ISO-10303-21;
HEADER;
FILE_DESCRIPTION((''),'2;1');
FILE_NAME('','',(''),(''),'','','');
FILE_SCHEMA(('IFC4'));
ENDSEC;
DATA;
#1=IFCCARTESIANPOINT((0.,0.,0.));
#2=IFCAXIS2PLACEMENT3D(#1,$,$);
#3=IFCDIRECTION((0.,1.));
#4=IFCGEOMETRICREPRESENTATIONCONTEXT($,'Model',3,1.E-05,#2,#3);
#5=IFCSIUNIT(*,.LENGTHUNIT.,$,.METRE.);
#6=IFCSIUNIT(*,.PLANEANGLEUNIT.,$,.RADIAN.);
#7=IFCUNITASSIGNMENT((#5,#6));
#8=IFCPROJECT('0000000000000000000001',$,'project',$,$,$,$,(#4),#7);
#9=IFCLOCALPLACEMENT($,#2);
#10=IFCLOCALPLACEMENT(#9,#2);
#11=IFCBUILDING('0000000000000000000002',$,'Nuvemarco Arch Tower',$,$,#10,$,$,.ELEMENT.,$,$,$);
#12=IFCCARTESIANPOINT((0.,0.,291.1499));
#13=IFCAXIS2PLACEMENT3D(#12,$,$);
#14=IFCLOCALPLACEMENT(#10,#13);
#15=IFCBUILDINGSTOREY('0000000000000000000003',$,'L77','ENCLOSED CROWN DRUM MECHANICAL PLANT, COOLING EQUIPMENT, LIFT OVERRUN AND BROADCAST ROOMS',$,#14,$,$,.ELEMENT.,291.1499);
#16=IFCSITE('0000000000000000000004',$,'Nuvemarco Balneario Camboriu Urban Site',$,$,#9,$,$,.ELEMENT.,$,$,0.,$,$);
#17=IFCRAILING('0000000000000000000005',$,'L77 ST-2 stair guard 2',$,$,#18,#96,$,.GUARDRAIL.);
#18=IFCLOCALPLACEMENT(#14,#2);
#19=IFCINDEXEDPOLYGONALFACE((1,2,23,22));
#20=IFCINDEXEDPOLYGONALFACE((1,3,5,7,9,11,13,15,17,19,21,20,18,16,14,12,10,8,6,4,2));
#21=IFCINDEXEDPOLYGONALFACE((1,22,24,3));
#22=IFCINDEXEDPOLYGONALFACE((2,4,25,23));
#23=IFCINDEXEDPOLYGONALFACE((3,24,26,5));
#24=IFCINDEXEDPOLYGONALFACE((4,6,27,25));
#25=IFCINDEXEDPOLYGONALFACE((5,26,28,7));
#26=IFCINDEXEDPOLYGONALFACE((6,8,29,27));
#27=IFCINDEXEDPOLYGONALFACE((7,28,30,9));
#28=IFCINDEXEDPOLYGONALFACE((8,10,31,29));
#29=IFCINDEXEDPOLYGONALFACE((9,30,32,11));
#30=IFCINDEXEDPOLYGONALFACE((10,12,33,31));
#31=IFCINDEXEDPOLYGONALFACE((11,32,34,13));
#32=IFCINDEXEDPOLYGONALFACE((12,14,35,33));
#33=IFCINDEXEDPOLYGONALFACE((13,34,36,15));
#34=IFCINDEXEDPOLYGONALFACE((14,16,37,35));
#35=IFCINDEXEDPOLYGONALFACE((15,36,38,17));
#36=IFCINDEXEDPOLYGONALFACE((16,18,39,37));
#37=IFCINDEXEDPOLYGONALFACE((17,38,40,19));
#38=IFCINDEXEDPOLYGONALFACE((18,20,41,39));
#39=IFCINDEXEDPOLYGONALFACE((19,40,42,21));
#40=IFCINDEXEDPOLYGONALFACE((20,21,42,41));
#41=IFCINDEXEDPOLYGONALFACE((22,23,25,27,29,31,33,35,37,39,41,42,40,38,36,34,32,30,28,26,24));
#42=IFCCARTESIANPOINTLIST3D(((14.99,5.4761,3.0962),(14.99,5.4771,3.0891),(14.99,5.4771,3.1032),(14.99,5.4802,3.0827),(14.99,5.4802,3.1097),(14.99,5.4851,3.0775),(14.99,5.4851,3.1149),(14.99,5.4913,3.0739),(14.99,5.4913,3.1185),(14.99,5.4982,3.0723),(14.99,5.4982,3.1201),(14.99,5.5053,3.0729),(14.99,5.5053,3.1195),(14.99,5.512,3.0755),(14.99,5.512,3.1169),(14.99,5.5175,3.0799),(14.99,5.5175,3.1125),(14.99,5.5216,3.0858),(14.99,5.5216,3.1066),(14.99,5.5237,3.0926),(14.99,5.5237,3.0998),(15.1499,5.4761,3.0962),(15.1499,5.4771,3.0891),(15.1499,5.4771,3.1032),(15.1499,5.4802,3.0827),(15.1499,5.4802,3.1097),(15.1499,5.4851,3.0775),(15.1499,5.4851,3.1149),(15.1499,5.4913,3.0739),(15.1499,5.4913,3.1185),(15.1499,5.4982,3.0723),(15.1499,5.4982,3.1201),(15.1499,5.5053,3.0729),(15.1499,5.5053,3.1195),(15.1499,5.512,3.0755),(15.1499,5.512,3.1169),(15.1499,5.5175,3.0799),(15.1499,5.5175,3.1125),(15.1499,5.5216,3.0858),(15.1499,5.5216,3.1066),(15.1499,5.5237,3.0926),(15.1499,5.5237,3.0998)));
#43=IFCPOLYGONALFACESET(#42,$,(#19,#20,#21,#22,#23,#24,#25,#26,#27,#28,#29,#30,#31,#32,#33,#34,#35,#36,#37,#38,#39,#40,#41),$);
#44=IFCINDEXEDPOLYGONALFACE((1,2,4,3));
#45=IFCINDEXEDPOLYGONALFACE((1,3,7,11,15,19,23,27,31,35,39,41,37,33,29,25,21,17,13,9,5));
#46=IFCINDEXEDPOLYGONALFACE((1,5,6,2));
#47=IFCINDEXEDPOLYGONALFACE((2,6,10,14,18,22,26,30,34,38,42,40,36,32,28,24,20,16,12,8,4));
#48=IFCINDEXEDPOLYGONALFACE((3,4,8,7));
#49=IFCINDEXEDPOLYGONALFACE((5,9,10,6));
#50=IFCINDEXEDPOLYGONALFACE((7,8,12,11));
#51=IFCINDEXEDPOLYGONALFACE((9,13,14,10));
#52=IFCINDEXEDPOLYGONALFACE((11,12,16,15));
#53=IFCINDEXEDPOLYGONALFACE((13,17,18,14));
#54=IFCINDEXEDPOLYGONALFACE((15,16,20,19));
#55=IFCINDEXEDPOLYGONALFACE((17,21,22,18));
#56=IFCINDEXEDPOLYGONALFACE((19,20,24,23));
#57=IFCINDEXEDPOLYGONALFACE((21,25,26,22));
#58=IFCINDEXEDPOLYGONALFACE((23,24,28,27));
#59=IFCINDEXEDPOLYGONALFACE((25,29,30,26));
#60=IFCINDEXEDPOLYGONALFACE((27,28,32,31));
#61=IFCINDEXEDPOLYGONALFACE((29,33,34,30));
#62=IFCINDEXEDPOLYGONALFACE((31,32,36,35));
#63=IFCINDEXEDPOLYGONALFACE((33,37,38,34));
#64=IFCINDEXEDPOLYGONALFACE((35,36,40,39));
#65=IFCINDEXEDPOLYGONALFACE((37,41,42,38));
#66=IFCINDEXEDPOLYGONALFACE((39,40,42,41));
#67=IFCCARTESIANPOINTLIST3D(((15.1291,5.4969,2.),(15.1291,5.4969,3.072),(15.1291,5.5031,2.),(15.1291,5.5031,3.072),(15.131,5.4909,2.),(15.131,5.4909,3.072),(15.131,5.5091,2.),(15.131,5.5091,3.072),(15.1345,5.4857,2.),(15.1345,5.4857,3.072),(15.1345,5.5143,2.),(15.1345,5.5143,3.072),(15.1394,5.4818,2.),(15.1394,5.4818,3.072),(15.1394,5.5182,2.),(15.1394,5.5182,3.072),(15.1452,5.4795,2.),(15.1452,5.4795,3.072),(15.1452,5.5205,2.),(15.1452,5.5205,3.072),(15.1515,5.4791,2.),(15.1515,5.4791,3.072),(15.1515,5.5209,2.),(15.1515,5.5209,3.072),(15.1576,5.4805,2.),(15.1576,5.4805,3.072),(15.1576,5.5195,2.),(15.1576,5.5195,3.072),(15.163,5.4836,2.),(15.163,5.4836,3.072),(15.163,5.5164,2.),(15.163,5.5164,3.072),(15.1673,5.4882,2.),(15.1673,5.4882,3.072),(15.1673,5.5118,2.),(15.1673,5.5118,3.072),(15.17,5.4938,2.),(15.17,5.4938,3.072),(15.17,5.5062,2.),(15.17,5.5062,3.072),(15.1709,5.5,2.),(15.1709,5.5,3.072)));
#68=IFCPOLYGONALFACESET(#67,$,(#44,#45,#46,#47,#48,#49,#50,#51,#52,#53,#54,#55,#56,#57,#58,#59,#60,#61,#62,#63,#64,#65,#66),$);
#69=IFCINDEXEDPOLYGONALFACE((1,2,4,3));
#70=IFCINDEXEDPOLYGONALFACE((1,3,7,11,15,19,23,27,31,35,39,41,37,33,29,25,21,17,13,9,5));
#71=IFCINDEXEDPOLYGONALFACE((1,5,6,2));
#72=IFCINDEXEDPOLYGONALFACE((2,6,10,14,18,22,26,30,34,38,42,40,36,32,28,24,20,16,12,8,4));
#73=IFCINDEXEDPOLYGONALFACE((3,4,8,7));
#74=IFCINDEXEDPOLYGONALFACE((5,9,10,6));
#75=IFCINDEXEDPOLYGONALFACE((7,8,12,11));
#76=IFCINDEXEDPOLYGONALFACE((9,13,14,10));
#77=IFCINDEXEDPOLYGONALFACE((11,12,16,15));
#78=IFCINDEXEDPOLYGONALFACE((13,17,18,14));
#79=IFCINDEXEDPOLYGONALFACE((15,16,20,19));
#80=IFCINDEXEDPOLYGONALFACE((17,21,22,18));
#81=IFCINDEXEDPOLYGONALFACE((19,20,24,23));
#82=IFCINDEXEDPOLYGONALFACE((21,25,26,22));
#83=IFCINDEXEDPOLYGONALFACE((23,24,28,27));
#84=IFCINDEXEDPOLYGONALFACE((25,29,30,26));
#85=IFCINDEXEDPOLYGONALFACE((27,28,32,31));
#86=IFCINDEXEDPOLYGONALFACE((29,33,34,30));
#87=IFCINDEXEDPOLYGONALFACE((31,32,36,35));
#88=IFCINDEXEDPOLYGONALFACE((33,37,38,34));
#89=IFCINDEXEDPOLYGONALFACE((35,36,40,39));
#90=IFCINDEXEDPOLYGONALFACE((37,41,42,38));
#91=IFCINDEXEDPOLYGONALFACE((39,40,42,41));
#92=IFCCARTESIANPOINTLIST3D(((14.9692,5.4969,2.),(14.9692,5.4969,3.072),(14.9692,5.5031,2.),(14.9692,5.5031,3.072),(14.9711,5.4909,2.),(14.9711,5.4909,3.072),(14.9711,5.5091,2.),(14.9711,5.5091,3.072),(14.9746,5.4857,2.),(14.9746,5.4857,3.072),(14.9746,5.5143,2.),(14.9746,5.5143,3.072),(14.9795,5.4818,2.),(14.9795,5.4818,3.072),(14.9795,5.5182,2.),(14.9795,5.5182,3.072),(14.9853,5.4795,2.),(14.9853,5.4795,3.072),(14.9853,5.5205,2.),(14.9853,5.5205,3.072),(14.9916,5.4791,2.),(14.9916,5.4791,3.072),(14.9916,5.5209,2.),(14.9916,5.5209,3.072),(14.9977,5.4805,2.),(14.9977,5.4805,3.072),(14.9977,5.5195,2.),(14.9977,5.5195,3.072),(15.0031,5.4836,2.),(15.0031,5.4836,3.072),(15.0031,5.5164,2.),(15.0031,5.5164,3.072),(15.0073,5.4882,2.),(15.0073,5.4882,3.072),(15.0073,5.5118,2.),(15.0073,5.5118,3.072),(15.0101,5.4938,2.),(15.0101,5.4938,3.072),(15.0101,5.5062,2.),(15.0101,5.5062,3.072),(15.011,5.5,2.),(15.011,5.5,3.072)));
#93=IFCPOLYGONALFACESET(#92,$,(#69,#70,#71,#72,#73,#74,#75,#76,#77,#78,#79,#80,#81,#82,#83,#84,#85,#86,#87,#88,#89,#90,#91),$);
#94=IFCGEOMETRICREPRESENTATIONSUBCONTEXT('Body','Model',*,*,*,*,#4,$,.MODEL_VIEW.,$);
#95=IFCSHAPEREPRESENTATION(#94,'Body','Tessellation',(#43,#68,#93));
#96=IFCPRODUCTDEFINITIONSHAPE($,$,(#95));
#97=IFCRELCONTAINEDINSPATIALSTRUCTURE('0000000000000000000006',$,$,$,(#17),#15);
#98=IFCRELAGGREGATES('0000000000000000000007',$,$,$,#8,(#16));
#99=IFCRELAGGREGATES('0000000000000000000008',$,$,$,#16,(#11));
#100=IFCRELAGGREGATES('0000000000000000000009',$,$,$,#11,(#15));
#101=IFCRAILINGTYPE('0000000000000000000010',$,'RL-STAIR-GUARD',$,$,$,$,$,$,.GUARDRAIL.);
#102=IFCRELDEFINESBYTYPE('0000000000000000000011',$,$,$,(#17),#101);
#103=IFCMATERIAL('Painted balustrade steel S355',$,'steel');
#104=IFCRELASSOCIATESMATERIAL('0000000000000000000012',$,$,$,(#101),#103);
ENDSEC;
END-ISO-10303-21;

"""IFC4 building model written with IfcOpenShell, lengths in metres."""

from ifc_helpers import new_model, si_unit, direction, frame, origin, origin_2d, place, context, subcontext, project, spatial, circle, extrude, material, type_object, element, save


model = new_model("IFC4")

# Units and contexts
model_context = context("Model", 3, precision=1e-05, world=origin(), true_north=direction((0.0, 1.0)))
body_context = subcontext(model_context, "Body", "Model", "MODEL_VIEW")
ifc_project = project(units=[si_unit("LENGTHUNIT", "METRE"), si_unit("PLANEANGLEUNIT", "RADIAN")], contexts=[model_context])

# Site, building, storey
site_placement = place(None, origin())
site = spatial("IfcSite", under=ifc_project, at=site_placement, Name="Nuvemarco Balneario Camboriu Urban Site", CompositionType="ELEMENT", RefElevation=0.0)
building_placement = place(site_placement, origin())
building = spatial("IfcBuilding", under=site, at=building_placement, Name="Nuvemarco Arch Tower", CompositionType="ELEMENT")
storey_placement = place(building_placement, frame((0.0, 0.0, 291.1499)))
storey = spatial("IfcBuildingStorey", under=building, at=storey_placement, Name="L77", Description="ENCLOSED CROWN DRUM MECHANICAL PLANT, COOLING EQUIPMENT, LIFT OVERRUN AND BROADCAST ROOMS", CompositionType="ELEMENT", Elevation=291.1499)

# Railing
ifc_material_1 = material(Name="Painted balustrade steel S355", Category="steel")
railing_type_1 = type_object("IfcRailingType", Name="RL-STAIR-GUARD", PredefinedType="GUARDRAIL", material=ifc_material_1)
railing_1_placement = place(storey_placement, frame((15.1499, 5.5, 2.0)))
element("IfcRailing", 1, at=railing_1_placement, inside=storey, type_object=railing_type_1, Name="L77 ST-2 stair guard 2", PredefinedType="GUARDRAIL", context=body_context, shape_type="SweptSolid", body=[
    extrude(circle(Radius=0.0239, at=origin_2d()), frame((0.0, 0.0, 1.0962), z_axis=(-1.0, 0.0, 0.0), x_axis=(0.0, -1.0, 0.0)), (0.0, 0.0, 1.0), 0.1599),
    extrude(circle(Radius=0.021, at=origin_2d()), origin(), (0.0, 0.0, 1.0), 1.072),
    extrude(circle(Radius=0.021, at=origin_2d()), frame((-0.1599, 0.0, 0.0)), (0.0, 0.0, 1.0), 1.072),
])

save(model, "model.ifc")
